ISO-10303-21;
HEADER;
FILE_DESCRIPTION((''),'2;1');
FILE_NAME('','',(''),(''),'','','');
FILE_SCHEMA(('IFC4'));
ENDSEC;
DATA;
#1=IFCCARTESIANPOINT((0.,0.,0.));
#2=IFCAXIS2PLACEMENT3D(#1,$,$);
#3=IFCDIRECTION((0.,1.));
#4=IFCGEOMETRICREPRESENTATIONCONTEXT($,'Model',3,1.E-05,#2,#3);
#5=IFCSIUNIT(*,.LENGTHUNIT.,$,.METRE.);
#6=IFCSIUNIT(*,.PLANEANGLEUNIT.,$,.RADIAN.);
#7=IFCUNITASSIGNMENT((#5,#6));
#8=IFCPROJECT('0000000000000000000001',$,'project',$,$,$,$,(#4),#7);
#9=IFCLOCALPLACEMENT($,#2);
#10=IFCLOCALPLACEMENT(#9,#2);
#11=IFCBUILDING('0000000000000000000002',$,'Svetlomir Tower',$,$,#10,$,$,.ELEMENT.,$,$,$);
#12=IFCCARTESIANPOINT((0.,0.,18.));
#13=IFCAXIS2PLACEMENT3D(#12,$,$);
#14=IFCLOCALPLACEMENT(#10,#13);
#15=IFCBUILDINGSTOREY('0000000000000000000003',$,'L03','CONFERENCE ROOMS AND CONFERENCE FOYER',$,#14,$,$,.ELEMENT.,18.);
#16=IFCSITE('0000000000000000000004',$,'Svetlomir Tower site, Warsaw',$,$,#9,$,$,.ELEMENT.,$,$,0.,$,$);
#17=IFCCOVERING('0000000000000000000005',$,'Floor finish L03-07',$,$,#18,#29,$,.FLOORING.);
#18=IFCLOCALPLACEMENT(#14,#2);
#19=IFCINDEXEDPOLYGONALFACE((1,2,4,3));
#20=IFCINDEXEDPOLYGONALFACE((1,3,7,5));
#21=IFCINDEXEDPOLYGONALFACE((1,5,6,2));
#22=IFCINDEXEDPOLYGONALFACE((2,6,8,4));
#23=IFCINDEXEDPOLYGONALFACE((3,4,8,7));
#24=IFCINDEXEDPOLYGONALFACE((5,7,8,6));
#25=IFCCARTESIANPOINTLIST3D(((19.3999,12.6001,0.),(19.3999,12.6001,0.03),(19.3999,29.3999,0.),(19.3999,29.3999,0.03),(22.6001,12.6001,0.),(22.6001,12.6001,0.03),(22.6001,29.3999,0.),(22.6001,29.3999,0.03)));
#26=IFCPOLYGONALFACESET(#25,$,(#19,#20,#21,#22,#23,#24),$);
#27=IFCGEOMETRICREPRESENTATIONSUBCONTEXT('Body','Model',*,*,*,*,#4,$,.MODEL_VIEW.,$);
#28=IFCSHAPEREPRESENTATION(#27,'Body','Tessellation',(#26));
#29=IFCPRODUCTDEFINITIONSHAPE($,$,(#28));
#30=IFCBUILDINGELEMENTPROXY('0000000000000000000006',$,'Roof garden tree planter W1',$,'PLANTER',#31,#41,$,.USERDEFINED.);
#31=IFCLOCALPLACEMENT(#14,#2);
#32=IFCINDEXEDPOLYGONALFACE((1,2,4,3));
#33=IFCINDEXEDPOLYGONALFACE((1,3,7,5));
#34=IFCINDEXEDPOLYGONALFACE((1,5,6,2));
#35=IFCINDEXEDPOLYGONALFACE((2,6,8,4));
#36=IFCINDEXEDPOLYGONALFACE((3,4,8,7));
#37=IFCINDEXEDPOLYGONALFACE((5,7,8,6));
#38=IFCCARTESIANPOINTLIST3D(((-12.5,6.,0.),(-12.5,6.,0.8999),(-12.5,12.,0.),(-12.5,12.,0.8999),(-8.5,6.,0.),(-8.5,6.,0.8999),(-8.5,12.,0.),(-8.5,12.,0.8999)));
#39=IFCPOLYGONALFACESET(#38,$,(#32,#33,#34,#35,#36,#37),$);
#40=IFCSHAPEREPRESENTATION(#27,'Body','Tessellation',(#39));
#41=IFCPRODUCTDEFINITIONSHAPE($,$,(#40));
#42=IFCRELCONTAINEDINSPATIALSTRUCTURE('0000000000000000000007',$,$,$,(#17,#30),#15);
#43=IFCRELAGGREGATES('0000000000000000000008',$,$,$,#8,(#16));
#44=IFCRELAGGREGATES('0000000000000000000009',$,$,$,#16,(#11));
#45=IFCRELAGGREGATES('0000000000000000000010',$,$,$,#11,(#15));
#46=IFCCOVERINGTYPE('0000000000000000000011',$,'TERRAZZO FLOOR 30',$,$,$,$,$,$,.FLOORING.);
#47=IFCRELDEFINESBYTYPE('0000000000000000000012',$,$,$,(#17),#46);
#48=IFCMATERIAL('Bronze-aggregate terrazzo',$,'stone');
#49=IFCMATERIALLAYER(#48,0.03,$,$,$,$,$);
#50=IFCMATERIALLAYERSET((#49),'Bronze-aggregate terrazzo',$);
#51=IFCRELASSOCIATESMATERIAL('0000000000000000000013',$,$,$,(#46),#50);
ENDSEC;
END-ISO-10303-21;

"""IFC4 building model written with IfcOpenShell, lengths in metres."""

from ifc_helpers import new_model, si_unit, direction, frame, origin, origin_2d, place, context, subcontext, project, spatial, polyline, rectangle, outline, extrude, material, layer, layer_set, type_object, element, save


model = new_model("IFC4")

# Units and contexts
model_context = context("Model", 3, precision=1e-05, world=origin(), true_north=direction((0.0, 1.0)))
body_context = subcontext(model_context, "Body", "Model", "MODEL_VIEW")
ifc_project = project(units=[si_unit("LENGTHUNIT", "METRE"), si_unit("PLANEANGLEUNIT", "RADIAN")], contexts=[model_context])

# Site, building, storey
site_placement = place(None, origin())
site = spatial("IfcSite", under=ifc_project, at=site_placement, Name="Svetlomir Tower site, Warsaw", CompositionType="ELEMENT", RefElevation=0.0)
building_placement = place(site_placement, origin())
building = spatial("IfcBuilding", under=site, at=building_placement, Name="Svetlomir Tower", CompositionType="ELEMENT")
storey_placement = place(building_placement, frame((0.0, 0.0, 18.0)))
storey = spatial("IfcBuildingStorey", under=building, at=storey_placement, Name="L03", Description="CONFERENCE ROOMS AND CONFERENCE FOYER", CompositionType="ELEMENT", Elevation=18.0)

# Covering
ifc_material_1 = material(Name="Bronze-aggregate terrazzo", Category="stone")
ifc_layer_1 = layer(ifc_material_1, 0.03)
ifc_layer_set_1 = layer_set([ifc_layer_1], Name="Bronze-aggregate terrazzo")
covering_type_1 = type_object("IfcCoveringType", Name="TERRAZZO FLOOR 30", PredefinedType="FLOORING", material=ifc_layer_set_1)
covering_1_placement = place(storey_placement, origin())
element("IfcCovering", 1, at=covering_1_placement, inside=storey, type_object=covering_type_1, Name="Floor finish L03-07", PredefinedType="FLOORING", context=body_context, shape_type="SweptSolid", body=[
    extrude(outline(polyline([(19.3999, 12.6001), (22.6001, 12.6001), (22.6001, 29.3999), (19.3999, 29.3999), (19.3999, 12.6001)])), origin(), (0.0, 0.0, 1.0), 0.03),
])

# Building element proxy
proxy_placement = place(storey_placement, frame((-10.5, 9.0, 0.0), z_axis=(0.0, 0.0, 1.0), x_axis=(1.0, 0.0, 0.0)))
element("IfcBuildingElementProxy", 2, at=proxy_placement, inside=storey, Name="Roof garden tree planter W1", ObjectType="PLANTER", PredefinedType="USERDEFINED", context=body_context, shape_type="SweptSolid", body=[
    extrude(rectangle(XDim=4.0, YDim=6.0, at=origin_2d()), origin(), (0.0, 0.0, 1.0), 0.8999),
])

save(model, "model.ifc")
